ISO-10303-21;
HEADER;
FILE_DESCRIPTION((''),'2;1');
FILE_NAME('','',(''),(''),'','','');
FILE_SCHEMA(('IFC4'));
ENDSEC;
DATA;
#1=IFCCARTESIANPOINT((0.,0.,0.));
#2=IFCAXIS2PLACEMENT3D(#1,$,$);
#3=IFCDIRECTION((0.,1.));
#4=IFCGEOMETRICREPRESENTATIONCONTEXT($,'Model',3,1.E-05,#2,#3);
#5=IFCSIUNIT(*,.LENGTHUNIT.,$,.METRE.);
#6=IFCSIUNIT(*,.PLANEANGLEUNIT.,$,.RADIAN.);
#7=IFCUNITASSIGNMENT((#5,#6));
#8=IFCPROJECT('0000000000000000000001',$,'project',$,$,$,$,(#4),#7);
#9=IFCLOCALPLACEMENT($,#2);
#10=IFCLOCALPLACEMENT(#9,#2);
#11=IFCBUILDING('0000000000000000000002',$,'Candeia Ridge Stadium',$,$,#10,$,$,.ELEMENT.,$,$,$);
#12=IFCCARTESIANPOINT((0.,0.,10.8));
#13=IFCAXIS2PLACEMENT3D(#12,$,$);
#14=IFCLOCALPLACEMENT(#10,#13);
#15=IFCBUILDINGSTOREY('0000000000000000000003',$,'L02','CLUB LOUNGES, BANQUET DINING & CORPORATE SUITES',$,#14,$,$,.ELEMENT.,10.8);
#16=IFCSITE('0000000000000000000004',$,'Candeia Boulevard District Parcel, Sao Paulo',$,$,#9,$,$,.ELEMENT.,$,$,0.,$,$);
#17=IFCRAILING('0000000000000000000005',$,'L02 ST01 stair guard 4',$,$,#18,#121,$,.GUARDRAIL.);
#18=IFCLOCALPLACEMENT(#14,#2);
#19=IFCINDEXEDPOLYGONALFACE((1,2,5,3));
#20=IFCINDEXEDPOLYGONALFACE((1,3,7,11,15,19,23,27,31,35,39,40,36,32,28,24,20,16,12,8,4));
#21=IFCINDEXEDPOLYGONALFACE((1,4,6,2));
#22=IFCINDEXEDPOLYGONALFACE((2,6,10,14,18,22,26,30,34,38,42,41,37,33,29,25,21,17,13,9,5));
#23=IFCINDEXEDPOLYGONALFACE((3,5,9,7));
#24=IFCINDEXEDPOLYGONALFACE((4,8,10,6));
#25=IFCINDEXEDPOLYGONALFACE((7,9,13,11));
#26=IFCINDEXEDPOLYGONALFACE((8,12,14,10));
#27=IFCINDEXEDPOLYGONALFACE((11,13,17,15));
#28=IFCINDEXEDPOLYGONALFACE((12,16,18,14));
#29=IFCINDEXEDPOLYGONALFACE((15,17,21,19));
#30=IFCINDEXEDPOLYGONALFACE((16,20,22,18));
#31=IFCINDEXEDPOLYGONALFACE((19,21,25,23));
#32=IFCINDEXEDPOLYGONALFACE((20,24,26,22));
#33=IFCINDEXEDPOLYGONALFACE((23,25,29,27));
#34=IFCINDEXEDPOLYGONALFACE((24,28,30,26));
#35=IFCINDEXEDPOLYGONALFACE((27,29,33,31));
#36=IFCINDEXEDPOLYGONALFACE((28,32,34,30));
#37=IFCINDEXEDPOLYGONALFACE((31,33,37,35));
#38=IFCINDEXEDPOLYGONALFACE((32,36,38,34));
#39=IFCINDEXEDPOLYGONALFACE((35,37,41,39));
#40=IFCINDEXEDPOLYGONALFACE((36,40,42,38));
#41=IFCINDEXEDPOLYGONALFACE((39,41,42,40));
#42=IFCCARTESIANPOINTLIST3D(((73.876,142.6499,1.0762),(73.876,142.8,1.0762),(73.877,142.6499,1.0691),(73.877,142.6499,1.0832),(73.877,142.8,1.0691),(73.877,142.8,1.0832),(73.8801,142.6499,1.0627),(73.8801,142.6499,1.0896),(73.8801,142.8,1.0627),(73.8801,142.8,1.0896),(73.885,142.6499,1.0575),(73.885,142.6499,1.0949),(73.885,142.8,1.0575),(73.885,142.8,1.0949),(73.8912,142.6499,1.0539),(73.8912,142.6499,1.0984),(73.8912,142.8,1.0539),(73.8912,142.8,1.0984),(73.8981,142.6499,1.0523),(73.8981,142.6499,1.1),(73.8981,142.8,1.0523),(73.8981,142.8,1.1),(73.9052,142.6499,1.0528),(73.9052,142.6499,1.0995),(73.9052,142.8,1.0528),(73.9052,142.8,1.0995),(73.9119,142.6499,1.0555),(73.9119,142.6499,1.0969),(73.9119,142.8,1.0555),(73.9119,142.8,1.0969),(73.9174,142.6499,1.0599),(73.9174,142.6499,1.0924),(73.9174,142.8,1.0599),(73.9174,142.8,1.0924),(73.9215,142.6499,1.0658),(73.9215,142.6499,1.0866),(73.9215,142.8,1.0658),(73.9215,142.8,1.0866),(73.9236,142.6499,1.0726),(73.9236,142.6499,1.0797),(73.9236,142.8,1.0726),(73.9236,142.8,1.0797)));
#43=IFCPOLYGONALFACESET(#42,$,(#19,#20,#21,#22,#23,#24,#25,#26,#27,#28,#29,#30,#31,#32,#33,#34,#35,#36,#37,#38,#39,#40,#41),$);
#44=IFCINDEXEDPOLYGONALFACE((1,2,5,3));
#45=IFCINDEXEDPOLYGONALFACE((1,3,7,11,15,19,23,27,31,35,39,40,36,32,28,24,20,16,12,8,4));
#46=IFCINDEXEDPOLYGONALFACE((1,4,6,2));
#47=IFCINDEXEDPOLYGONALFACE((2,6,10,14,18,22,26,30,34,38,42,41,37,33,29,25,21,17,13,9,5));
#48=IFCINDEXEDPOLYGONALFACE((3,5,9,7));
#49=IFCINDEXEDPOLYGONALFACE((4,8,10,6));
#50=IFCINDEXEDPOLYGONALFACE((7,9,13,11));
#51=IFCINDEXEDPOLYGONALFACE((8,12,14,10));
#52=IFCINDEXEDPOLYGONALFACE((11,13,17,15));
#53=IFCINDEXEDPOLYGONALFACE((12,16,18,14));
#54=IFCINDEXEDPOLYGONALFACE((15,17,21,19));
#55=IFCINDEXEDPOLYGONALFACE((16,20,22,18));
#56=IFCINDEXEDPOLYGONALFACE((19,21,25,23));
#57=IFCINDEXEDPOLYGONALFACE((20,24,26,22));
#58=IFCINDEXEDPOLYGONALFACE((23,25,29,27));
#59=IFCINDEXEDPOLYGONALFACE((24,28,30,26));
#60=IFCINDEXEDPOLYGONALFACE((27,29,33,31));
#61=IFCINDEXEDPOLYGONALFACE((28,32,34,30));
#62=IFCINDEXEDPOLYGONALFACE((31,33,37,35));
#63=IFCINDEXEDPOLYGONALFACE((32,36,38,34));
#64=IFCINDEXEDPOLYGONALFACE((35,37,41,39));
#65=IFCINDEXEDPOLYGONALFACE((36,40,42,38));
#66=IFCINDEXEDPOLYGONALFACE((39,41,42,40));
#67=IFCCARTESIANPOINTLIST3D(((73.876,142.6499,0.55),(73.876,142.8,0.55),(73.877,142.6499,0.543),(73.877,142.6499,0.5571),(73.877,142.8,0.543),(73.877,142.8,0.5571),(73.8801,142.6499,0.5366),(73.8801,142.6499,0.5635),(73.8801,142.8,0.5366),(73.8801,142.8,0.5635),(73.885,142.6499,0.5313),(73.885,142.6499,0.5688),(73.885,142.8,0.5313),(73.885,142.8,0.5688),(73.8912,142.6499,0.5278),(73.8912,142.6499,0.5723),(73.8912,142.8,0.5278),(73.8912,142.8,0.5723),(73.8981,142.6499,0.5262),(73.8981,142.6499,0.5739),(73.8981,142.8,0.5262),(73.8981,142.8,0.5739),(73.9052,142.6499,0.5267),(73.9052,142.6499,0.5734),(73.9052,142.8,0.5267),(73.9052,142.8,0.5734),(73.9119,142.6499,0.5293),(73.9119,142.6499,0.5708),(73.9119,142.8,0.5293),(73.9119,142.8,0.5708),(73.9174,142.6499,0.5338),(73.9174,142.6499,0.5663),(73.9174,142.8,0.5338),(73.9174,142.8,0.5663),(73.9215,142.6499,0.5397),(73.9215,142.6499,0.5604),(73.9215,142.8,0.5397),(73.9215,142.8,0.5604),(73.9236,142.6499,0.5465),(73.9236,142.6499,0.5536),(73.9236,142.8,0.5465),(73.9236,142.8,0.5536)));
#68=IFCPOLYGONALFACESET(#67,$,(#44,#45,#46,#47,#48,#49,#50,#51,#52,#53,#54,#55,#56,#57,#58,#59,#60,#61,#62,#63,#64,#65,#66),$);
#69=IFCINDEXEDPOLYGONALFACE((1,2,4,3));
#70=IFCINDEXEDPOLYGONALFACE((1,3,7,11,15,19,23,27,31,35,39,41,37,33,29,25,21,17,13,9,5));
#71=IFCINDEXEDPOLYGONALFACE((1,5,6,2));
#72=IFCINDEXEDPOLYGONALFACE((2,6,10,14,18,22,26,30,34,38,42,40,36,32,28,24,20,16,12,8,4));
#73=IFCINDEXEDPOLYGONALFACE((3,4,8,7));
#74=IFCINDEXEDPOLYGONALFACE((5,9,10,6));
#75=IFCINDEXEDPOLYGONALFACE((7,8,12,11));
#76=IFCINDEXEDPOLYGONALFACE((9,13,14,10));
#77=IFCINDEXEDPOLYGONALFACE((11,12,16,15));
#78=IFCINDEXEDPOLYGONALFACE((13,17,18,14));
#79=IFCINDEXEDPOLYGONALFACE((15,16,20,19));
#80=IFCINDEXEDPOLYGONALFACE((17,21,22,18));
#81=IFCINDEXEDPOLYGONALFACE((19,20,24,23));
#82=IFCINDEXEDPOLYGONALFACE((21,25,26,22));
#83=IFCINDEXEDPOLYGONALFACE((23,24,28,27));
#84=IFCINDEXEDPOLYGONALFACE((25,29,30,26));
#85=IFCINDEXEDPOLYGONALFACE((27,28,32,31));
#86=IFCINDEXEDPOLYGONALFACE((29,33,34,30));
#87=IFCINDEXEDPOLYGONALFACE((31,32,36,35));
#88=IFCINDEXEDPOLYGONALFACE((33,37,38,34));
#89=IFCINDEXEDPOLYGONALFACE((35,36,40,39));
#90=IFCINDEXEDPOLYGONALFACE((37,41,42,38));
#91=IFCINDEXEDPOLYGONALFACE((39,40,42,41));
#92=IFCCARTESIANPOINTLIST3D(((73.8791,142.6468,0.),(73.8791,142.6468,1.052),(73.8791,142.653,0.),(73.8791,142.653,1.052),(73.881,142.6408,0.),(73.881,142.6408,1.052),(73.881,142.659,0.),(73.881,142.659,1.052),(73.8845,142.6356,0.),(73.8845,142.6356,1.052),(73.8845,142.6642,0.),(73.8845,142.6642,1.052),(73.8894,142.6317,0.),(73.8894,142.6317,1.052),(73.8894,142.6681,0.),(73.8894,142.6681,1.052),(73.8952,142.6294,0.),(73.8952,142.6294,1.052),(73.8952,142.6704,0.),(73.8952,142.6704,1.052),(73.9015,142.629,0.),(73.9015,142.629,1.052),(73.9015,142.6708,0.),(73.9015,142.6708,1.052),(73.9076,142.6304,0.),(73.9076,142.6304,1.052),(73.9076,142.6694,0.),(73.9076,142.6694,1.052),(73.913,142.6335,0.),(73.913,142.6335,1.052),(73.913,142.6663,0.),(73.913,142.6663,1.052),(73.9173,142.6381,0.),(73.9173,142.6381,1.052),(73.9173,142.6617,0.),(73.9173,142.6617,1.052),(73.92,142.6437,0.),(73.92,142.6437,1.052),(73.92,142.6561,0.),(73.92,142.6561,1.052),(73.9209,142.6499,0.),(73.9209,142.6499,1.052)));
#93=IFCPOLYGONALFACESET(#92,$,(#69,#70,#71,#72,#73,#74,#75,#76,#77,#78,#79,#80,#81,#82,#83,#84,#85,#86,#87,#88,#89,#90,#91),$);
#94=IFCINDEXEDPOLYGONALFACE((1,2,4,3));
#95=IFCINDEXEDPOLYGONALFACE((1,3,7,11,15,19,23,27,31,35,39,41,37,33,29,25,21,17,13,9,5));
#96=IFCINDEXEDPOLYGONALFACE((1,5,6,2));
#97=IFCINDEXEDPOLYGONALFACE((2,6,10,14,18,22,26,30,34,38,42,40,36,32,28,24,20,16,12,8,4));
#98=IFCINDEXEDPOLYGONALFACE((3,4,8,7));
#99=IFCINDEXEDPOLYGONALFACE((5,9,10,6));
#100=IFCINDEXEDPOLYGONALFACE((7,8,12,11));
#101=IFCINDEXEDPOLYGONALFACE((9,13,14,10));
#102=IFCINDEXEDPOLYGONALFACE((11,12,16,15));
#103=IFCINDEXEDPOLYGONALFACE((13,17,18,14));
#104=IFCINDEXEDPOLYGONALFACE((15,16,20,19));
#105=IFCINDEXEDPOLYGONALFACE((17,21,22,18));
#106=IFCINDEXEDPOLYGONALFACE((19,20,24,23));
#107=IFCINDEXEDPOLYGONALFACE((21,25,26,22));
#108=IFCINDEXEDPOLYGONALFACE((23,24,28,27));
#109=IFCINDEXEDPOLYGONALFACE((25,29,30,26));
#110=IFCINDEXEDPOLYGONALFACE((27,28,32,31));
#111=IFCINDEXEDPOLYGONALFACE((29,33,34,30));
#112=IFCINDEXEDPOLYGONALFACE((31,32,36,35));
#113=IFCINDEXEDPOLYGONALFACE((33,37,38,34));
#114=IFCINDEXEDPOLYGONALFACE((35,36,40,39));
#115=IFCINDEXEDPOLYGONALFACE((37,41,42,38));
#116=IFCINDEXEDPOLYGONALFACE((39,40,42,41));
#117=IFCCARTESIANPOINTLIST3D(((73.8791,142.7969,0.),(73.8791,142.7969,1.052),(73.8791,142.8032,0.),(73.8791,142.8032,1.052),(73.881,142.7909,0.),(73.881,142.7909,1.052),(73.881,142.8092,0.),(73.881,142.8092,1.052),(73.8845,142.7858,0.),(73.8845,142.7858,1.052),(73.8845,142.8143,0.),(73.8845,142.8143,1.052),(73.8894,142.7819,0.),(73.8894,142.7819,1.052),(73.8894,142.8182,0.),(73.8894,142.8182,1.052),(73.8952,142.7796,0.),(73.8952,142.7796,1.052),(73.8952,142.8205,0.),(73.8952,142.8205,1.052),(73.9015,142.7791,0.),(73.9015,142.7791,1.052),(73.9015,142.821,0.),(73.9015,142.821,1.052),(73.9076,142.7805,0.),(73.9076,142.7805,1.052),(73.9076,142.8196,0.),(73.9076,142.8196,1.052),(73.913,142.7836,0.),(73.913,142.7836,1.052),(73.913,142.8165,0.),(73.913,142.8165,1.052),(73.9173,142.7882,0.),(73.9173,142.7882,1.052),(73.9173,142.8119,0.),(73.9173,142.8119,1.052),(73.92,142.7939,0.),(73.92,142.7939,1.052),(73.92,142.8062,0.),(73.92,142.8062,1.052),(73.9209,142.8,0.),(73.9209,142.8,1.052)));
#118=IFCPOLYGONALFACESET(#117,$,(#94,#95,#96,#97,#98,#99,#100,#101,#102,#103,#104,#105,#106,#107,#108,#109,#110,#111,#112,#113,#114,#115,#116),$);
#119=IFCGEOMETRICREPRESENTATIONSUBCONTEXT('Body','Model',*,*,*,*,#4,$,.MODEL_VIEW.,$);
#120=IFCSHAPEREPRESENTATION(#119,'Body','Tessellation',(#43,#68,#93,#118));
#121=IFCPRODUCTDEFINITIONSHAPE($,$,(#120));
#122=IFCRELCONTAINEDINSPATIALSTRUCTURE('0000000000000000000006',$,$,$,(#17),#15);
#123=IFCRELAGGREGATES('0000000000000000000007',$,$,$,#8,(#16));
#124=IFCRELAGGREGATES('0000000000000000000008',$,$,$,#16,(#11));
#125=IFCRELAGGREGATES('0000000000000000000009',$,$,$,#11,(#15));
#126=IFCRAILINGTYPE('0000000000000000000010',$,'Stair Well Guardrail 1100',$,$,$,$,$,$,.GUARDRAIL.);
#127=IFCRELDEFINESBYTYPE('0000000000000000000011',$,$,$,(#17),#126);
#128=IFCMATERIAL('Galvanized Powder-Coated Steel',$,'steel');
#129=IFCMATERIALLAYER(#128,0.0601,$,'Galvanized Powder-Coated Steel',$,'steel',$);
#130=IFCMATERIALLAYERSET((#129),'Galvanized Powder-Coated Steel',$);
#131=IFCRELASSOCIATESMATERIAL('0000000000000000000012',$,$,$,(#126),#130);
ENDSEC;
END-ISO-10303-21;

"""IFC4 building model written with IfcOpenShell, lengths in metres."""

from ifc_helpers import new_model, si_unit, direction, frame, origin, origin_2d, place, context, subcontext, project, spatial, circle, extrude, material, layer, layer_set, type_object, element, save


model = new_model("IFC4")

# Units and contexts
model_context = context("Model", 3, precision=1e-05, world=origin(), true_north=direction((0.0, 1.0)))
body_context = subcontext(model_context, "Body", "Model", "MODEL_VIEW")
ifc_project = project(units=[si_unit("LENGTHUNIT", "METRE"), si_unit("PLANEANGLEUNIT", "RADIAN")], contexts=[model_context])

# Site, building, storey
site_placement = place(None, origin())
site = spatial("IfcSite", under=ifc_project, at=site_placement, Name="Candeia Boulevard District Parcel, Sao Paulo", CompositionType="ELEMENT", RefElevation=0.0)
building_placement = place(site_placement, origin())
building = spatial("IfcBuilding", under=site, at=building_placement, Name="Candeia Ridge Stadium", CompositionType="ELEMENT")
storey_placement = place(building_placement, frame((0.0, 0.0, 10.8)))
storey = spatial("IfcBuildingStorey", under=building, at=storey_placement, Name="L02", Description="CLUB LOUNGES, BANQUET DINING & CORPORATE SUITES", CompositionType="ELEMENT", Elevation=10.8)

# Railing
ifc_material_1 = material(Name="Galvanized Powder-Coated Steel", Category="steel")
ifc_layer_1 = layer(ifc_material_1, 0.0601, Name="Galvanized Powder-Coated Steel", Category="steel")
ifc_layer_set_1 = layer_set([ifc_layer_1], Name="Galvanized Powder-Coated Steel")
railing_type_1 = type_object("IfcRailingType", Name="Stair Well Guardrail 1100", PredefinedType="GUARDRAIL", material=ifc_layer_set_1)
railing_1_placement = place(storey_placement, frame((73.8999, 142.6499, 0.0)))
element("IfcRailing", 1, at=railing_1_placement, inside=storey, type_object=railing_type_1, Name="L02 ST01 stair guard 4", PredefinedType="GUARDRAIL", context=body_context, shape_type="SweptSolid", body=[
    extrude(circle(Radius=0.0239, at=origin_2d()), frame((0.0, 0.0, 1.0762), z_axis=(0.0, 1.0, 0.0), x_axis=(-1.0, 0.0, 0.0)), (0.0, 0.0, 1.0), 0.1501),
    extrude(circle(Radius=0.0239, at=origin_2d()), frame((0.0, 0.0, 0.55), z_axis=(0.0, 1.0, 0.0), x_axis=(-1.0, 0.0, 0.0)), (0.0, 0.0, 1.0), 0.1501),
    extrude(circle(Radius=0.021, at=origin_2d()), origin(), (0.0, 0.0, 1.0), 1.052),
    extrude(circle(Radius=0.021, at=origin_2d()), frame((0.0, 0.1501, 0.0)), (0.0, 0.0, 1.0), 1.052),
])

save(model, "model.ifc")
